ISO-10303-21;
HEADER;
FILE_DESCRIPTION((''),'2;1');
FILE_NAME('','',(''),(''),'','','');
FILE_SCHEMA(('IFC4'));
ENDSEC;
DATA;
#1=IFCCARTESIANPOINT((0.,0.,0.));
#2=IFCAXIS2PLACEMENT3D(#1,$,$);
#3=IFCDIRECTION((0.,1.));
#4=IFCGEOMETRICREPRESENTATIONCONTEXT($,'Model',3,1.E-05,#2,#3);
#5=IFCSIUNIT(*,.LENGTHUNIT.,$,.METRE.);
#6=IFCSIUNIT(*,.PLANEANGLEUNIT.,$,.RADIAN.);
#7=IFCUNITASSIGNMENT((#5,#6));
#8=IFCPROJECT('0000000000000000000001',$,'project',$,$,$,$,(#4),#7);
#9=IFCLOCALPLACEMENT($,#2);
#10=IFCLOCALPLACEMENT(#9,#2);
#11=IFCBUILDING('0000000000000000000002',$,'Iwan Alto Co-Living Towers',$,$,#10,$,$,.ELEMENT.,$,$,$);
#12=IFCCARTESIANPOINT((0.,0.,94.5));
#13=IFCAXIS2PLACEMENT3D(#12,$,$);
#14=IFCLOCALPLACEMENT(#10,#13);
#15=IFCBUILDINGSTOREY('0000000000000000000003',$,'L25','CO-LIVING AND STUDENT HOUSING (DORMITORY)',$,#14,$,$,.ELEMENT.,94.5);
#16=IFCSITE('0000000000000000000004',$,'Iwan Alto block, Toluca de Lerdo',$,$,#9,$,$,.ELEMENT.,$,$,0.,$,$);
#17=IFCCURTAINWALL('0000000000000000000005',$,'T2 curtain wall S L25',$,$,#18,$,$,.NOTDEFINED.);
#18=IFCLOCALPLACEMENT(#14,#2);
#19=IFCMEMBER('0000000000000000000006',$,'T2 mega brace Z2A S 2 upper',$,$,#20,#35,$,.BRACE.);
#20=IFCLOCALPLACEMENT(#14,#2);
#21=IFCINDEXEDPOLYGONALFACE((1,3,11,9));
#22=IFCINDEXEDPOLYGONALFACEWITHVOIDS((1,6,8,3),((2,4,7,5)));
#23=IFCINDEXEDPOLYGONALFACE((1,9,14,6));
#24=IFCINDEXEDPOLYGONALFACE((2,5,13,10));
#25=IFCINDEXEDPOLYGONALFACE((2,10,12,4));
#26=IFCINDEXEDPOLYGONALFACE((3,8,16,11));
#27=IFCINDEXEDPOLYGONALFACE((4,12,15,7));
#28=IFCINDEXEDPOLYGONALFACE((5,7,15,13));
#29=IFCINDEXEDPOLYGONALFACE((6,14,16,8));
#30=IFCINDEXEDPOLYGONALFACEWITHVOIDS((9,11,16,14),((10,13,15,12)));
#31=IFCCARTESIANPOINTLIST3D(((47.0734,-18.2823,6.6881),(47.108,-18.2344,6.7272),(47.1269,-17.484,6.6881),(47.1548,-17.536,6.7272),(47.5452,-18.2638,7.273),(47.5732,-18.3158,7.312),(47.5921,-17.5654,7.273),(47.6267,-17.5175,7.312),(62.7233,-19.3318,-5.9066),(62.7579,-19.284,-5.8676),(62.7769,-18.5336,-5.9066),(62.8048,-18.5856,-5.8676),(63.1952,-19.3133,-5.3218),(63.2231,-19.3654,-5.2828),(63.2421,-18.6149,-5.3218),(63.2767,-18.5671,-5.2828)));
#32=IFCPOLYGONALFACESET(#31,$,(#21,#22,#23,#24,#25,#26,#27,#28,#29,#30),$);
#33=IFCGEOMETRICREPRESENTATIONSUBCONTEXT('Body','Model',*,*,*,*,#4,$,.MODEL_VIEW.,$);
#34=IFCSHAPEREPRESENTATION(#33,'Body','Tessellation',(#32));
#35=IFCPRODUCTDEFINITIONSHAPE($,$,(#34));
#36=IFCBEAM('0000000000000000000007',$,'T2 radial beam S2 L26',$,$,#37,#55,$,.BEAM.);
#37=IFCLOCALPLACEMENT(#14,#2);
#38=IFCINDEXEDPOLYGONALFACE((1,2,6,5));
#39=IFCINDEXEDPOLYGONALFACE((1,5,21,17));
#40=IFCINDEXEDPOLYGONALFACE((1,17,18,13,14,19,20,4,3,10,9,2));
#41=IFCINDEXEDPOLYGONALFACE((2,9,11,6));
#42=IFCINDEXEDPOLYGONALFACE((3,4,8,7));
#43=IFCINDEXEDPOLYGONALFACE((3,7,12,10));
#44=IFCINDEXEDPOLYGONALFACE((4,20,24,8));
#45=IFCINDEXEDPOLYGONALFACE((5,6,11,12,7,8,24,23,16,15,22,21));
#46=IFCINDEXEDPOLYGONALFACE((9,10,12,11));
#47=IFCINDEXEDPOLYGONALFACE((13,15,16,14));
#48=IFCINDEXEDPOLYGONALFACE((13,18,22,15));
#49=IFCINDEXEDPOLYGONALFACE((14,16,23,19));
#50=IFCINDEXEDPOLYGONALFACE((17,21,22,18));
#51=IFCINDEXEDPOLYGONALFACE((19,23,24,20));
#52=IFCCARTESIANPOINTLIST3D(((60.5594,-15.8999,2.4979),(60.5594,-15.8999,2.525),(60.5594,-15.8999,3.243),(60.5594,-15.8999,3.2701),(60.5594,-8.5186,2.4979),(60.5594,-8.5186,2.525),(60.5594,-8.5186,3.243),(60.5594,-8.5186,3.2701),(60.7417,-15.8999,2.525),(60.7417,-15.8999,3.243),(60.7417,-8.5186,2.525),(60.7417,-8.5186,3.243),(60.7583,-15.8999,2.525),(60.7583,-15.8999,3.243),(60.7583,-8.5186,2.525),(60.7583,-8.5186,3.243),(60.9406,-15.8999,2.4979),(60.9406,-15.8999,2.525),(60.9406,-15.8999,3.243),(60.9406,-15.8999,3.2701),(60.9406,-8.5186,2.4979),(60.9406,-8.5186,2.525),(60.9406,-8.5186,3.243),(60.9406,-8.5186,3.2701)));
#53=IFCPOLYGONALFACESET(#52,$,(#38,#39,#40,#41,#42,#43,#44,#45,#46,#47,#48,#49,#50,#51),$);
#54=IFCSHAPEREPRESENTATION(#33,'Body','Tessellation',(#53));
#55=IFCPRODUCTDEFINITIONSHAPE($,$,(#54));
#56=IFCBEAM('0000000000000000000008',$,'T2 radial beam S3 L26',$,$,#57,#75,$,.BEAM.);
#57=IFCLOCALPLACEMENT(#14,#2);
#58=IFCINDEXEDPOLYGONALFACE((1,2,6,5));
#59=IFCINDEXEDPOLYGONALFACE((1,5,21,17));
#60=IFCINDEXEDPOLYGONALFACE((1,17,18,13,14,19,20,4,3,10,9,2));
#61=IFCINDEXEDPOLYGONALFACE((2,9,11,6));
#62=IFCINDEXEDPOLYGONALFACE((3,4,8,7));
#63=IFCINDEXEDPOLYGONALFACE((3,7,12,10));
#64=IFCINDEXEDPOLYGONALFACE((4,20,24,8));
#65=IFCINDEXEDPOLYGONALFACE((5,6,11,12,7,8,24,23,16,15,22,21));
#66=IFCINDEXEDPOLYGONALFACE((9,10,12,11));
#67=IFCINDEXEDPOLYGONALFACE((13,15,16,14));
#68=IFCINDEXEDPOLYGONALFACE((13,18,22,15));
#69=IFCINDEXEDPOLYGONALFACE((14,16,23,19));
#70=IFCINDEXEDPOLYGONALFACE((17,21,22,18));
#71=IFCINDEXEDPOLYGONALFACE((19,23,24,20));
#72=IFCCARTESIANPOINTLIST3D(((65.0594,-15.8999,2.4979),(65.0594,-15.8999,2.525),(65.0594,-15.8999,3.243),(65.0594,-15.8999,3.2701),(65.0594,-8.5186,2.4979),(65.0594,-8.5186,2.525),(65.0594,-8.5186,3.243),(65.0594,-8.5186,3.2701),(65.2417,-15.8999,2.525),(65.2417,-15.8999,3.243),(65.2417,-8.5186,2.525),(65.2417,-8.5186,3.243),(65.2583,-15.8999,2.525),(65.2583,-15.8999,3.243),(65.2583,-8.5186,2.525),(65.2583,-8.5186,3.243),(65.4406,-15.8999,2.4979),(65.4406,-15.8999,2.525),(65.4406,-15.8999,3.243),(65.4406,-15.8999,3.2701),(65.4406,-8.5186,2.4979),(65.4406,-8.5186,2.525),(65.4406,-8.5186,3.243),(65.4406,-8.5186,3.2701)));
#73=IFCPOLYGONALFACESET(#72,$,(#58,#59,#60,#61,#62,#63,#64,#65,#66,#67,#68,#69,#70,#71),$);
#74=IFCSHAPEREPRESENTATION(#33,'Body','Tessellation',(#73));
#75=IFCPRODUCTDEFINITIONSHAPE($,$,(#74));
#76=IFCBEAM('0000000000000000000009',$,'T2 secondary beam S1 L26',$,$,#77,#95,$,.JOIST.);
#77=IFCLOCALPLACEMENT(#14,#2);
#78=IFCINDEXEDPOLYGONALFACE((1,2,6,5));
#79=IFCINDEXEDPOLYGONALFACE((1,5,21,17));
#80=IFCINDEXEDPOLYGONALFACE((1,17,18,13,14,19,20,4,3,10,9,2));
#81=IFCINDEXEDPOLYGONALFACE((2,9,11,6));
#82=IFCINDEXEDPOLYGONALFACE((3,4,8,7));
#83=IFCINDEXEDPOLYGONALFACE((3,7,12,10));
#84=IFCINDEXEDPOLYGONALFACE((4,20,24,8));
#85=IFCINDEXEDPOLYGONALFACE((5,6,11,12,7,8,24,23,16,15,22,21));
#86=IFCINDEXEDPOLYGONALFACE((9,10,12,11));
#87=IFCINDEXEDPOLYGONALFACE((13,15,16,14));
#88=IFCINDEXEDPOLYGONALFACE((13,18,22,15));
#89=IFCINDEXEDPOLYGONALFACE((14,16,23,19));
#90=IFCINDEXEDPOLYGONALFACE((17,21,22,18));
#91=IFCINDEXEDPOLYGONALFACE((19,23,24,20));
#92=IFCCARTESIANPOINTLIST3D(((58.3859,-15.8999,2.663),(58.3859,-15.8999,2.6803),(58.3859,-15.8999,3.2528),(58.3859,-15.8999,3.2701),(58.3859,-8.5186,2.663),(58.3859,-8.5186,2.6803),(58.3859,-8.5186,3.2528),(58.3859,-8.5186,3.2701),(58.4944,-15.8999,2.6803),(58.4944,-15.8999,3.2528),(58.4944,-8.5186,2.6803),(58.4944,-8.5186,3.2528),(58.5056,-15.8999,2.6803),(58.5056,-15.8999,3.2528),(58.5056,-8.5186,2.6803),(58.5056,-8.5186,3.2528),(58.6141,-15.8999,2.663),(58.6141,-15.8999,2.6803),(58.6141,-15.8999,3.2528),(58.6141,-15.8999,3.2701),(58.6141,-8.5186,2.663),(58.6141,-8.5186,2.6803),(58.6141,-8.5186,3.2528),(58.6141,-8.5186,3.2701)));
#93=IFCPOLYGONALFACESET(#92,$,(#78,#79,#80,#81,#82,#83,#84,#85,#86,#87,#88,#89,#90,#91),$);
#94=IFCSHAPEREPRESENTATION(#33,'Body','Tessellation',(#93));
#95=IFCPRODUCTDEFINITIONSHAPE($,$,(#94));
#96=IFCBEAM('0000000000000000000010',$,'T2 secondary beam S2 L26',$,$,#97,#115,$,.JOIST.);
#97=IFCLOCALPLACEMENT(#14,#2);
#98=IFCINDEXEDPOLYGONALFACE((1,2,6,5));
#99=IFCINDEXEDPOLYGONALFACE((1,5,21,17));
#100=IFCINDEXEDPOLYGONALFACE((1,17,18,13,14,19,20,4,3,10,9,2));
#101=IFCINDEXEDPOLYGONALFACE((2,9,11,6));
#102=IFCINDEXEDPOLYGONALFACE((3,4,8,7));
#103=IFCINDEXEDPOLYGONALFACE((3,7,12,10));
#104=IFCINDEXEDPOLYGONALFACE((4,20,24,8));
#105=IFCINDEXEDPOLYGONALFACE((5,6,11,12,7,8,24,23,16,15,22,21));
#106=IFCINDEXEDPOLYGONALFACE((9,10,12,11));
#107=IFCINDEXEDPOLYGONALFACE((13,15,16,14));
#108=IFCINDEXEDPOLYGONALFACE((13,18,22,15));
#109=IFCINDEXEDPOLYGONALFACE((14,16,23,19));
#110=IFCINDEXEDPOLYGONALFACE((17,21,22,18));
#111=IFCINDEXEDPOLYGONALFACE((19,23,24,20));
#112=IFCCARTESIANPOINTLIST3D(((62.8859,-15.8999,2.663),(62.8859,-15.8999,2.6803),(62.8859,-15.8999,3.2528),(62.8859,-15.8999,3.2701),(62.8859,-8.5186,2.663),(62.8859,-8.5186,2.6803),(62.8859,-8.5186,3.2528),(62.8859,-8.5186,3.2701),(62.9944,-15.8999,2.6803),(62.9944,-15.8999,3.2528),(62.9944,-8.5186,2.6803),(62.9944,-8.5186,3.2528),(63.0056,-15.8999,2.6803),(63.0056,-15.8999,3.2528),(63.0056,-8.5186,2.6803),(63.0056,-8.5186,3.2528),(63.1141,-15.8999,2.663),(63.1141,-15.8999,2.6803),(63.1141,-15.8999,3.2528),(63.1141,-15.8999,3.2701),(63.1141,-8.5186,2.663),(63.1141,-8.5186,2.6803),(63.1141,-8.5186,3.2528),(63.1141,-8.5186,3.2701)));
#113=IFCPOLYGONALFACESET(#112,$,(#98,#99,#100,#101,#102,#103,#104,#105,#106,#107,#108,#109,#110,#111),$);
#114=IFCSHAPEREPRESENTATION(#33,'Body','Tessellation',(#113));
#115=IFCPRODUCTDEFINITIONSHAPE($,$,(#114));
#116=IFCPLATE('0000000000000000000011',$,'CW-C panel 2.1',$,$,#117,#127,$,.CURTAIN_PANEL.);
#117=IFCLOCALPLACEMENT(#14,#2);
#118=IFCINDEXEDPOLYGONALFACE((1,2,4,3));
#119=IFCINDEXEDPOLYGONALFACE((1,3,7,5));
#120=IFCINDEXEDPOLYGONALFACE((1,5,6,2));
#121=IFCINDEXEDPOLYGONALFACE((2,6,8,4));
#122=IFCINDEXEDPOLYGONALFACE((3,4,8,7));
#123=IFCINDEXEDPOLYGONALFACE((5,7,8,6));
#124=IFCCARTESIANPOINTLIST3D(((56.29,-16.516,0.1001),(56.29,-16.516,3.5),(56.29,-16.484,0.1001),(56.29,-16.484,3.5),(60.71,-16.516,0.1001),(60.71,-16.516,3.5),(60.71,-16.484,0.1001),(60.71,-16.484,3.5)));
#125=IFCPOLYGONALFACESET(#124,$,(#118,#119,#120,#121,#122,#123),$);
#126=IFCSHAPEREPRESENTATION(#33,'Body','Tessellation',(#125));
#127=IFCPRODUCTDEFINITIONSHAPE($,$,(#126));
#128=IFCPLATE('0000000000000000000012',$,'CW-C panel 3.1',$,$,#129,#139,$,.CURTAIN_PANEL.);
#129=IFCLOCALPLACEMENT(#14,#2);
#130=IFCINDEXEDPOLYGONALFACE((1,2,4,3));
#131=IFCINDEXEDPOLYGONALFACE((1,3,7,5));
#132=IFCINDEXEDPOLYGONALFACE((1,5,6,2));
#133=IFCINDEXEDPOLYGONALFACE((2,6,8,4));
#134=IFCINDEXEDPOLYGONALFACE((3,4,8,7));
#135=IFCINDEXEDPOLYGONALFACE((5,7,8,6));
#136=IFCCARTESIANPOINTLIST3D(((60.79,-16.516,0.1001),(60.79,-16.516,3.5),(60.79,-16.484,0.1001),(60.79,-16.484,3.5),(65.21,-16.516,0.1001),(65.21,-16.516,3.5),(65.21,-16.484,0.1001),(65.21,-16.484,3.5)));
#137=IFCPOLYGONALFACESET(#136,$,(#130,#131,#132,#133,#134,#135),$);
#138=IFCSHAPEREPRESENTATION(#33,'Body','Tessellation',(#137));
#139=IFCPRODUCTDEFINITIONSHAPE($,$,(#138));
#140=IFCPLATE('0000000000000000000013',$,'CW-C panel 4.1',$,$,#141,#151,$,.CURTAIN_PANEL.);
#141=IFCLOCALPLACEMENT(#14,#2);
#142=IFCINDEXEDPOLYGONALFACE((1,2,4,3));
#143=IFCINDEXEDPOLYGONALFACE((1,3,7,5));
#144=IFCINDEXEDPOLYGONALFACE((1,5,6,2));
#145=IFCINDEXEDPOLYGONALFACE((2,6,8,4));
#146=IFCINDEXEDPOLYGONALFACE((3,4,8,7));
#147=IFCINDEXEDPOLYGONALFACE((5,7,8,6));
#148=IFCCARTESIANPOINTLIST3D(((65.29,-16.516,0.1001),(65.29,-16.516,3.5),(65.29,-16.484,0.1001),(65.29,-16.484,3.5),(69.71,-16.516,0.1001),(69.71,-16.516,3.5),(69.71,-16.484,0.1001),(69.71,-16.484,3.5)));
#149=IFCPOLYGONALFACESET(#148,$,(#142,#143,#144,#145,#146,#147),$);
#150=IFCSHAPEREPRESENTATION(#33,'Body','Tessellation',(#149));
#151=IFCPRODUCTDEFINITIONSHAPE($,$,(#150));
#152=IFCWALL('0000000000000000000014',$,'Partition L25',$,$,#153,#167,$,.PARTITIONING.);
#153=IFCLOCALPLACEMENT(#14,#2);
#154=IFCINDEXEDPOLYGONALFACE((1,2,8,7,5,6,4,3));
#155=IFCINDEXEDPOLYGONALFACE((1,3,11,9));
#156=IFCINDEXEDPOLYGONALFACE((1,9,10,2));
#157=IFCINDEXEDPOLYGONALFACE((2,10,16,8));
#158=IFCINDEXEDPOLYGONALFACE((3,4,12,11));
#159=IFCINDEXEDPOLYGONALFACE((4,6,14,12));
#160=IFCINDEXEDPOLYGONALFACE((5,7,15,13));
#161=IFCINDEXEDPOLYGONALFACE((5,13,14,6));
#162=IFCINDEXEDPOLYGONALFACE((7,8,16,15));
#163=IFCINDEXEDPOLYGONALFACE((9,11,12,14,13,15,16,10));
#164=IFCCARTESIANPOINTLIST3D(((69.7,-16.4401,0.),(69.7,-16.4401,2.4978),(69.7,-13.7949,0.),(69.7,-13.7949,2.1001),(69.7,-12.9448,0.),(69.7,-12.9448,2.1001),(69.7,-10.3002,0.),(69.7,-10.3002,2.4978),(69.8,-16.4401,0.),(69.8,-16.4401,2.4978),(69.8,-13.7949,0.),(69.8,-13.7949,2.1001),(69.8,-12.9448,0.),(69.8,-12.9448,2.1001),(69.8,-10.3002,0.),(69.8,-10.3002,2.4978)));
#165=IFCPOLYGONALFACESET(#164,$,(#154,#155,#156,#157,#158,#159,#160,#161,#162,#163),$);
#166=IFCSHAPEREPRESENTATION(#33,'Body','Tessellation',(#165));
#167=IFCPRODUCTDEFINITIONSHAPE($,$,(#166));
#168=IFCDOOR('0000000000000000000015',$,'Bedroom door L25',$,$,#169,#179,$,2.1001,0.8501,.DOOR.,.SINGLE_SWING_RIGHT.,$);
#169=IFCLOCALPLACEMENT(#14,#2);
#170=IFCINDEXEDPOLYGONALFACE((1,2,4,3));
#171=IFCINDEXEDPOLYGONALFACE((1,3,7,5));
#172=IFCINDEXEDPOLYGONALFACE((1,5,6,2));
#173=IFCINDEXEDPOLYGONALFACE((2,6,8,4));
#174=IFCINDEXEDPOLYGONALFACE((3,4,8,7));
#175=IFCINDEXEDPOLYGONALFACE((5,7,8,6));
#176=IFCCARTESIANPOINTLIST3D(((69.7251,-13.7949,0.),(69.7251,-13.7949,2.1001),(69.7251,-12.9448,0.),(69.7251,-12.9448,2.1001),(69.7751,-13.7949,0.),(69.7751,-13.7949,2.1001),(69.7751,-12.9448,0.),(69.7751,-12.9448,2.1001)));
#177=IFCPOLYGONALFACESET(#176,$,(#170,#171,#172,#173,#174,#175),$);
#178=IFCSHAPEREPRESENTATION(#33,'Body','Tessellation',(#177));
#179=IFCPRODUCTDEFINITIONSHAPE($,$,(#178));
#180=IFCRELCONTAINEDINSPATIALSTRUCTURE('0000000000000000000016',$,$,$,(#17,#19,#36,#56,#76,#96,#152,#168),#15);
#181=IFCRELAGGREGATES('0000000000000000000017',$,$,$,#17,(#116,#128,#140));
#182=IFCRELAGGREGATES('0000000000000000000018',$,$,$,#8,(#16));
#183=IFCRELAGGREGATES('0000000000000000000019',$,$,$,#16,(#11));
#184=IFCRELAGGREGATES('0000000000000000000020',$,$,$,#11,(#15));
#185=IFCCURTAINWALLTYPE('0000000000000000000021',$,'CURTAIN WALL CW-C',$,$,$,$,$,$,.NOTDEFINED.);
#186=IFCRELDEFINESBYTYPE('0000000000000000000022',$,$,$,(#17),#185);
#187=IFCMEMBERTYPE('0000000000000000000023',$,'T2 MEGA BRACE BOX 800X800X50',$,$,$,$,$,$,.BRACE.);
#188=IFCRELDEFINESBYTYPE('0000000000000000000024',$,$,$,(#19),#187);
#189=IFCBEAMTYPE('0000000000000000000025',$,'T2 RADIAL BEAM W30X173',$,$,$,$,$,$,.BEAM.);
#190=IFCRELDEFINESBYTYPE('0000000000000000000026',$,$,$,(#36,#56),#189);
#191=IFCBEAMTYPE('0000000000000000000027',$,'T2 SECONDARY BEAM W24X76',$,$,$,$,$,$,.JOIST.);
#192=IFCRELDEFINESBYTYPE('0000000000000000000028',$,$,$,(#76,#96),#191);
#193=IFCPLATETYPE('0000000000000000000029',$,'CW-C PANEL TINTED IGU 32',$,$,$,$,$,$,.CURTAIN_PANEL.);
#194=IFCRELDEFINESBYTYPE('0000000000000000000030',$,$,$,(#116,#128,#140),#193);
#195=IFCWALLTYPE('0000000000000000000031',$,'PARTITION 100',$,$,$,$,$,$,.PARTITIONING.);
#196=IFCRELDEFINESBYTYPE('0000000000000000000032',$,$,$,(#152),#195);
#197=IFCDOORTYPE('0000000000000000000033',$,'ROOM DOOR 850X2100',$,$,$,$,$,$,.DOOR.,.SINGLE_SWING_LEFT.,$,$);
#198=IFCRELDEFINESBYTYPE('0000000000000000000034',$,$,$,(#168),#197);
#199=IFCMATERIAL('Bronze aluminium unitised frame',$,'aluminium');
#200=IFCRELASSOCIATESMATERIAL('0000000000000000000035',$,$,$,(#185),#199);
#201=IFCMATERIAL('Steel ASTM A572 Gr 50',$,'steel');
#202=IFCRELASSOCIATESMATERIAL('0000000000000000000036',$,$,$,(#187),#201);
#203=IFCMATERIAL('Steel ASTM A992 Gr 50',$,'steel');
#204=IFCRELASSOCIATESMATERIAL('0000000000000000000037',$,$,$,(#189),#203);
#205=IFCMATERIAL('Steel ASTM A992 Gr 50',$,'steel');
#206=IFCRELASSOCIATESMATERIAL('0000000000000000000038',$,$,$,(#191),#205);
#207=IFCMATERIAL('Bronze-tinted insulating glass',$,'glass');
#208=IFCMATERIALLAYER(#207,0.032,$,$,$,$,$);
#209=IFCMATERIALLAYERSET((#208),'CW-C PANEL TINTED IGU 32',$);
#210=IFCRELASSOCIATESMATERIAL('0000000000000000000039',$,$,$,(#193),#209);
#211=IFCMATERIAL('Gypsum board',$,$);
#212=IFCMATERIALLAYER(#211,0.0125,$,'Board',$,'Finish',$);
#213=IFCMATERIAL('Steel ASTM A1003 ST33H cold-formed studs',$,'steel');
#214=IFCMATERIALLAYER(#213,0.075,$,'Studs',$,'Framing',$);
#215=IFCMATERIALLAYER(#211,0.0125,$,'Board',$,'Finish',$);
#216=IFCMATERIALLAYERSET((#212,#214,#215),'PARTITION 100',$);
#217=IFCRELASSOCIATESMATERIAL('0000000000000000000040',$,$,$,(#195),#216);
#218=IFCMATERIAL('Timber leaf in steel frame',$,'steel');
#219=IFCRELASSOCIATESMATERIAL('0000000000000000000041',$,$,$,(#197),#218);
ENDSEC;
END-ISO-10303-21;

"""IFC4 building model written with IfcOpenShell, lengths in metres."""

from ifc_helpers import new_model, si_unit, direction, frame, frame_2d, origin, origin_2d, place, context, subcontext, project, spatial, rectangle, hollow_rectangle, i_section, extrude, material, layer, layer_set, material_profile, profile_set, type_object, element, fill, aggregate, save


model = new_model("IFC4")

# Units and contexts
model_context = context("Model", 3, precision=1e-05, world=origin(), true_north=direction((0.0, 1.0)))
body_context = subcontext(model_context, "Body", "Model", "MODEL_VIEW")
ifc_project = project(units=[si_unit("LENGTHUNIT", "METRE"), si_unit("PLANEANGLEUNIT", "RADIAN")], contexts=[model_context])

# Site, building, storey
site_placement = place(None, origin())
site = spatial("IfcSite", under=ifc_project, at=site_placement, Name="Iwan Alto block, Toluca de Lerdo", CompositionType="ELEMENT", RefElevation=0.0)
building_placement = place(site_placement, origin())
building = spatial("IfcBuilding", under=site, at=building_placement, Name="Iwan Alto Co-Living Towers", CompositionType="ELEMENT")
storey_placement = place(building_placement, frame((0.0, 0.0, 94.5)))
storey = spatial("IfcBuildingStorey", under=building, at=storey_placement, Name="L25", Description="CO-LIVING AND STUDENT HOUSING (DORMITORY)", CompositionType="ELEMENT", Elevation=94.5)

# Curtain wall
ifc_material_1 = material(Name="Bronze aluminium unitised frame", Category="aluminium")
curtain_wall_type = type_object("IfcCurtainWallType", Name="CURTAIN WALL CW-C", PredefinedType="NOTDEFINED", material=ifc_material_1)
curtain_wall_placement = place(storey_placement, origin())
curtain_wall = element("IfcCurtainWall", 1, at=curtain_wall_placement, inside=storey, type_object=curtain_wall_type, Name="T2 curtain wall S L25", PredefinedType="NOTDEFINED")

# Member
ifc_material_2 = material(Name="Steel ASTM A572 Gr 50", Category="steel")
ifc_material_profile_1 = material_profile(ifc_material_2, hollow_rectangle(XDim=0.8, YDim=0.8, WallThickness=0.05, at=origin_2d()), Name="BOX 800X800X50")
ifc_profile_set_1 = profile_set([ifc_material_profile_1], Name="Steel ASTM A572 Gr 50")
member_type_1 = type_object("IfcMemberType", Name="T2 MEGA BRACE BOX 800X800X50", PredefinedType="BRACE", material=ifc_profile_set_1)
for number, where, z_axis, x_axis, name in (
    (2, (63.0, -18.9495, -5.5947), (-0.777988, 0.052176, 0.626109), (-0.066915, -0.997759, 0.0), "T2 mega brace Z2A S 2 upper"),
):
    element("IfcMember", number, at=place(storey_placement, frame(where, z_axis=z_axis, x_axis=x_axis)), inside=storey, type_object=member_type_1, Name=name, PredefinedType="BRACE", context=body_context, shape_type="SweptSolid", body=[
        extrude(hollow_rectangle(XDim=0.8, YDim=0.8, WallThickness=0.05, at=origin_2d()), origin(), (0.0, 0.0, 1.0), 20.116),
    ])

# Beams
ifc_material_3 = material(Name="Steel ASTM A992 Gr 50", Category="steel")
ifc_material_profile_2 = material_profile(ifc_material_3, i_section(OverallWidth=0.3811, OverallDepth=0.7722, WebThickness=0.0166, FlangeThickness=0.0271, at=origin_2d()), Name="W30X173")
ifc_profile_set_2 = profile_set([ifc_material_profile_2], Name="Steel ASTM A992 Gr 50")
beam_type_1 = type_object("IfcBeamType", Name="T2 RADIAL BEAM W30X173", PredefinedType="BEAM", material=ifc_profile_set_2)
for number, where, z_axis, x_axis, name in (
    (3, (60.75, -15.8999, 2.884), (0.0, 1.0, 0.0), (-1.0, 0.0, 0.0), "T2 radial beam S2 L26"),
    (4, (65.25, -15.8999, 2.884), (0.0, 1.0, 0.0), (-1.0, 0.0, 0.0), "T2 radial beam S3 L26"),
):
    element("IfcBeam", number, at=place(storey_placement, frame(where, z_axis=z_axis, x_axis=x_axis)), inside=storey, type_object=beam_type_1, Name=name, PredefinedType="BEAM", context=body_context, shape_type="SweptSolid", body=[
        extrude(i_section(OverallWidth=0.3811, OverallDepth=0.7722, WebThickness=0.0166, FlangeThickness=0.0271, at=origin_2d()), origin(), (0.0, 0.0, 1.0), 7.3813),
    ])
ifc_material_4 = material(Name="Steel ASTM A992 Gr 50", Category="steel")
ifc_material_profile_3 = material_profile(ifc_material_4, i_section(OverallWidth=0.2283, OverallDepth=0.6072, WebThickness=0.0112, FlangeThickness=0.0173, at=origin_2d()), Name="W24X76")
ifc_profile_set_3 = profile_set([ifc_material_profile_3], Name="Steel ASTM A992 Gr 50")
beam_type_2 = type_object("IfcBeamType", Name="T2 SECONDARY BEAM W24X76", PredefinedType="JOIST", material=ifc_profile_set_3)
for number, where, z_axis, x_axis, name in (
    (5, (58.5, -15.8999, 2.9666), (0.0, 1.0, 0.0), (-1.0, 0.0, 0.0), "T2 secondary beam S1 L26"),
    (6, (63.0, -15.8999, 2.9666), (0.0, 1.0, 0.0), (-1.0, 0.0, 0.0), "T2 secondary beam S2 L26"),
):
    element("IfcBeam", number, at=place(storey_placement, frame(where, z_axis=z_axis, x_axis=x_axis)), inside=storey, type_object=beam_type_2, Name=name, PredefinedType="JOIST", context=body_context, shape_type="SweptSolid", body=[
        extrude(i_section(OverallWidth=0.2283, OverallDepth=0.6072, WebThickness=0.0112, FlangeThickness=0.0173, at=origin_2d()), origin(), (0.0, 0.0, 1.0), 7.3813),
    ])

# Plates
ifc_material_5 = material(Name="Bronze-tinted insulating glass", Category="glass")
ifc_layer_1 = layer(ifc_material_5, 0.032)
ifc_layer_set_1 = layer_set([ifc_layer_1], Name="CW-C PANEL TINTED IGU 32")
plate_type = type_object("IfcPlateType", Name="CW-C PANEL TINTED IGU 32", PredefinedType="CURTAIN_PANEL", material=ifc_layer_set_1)
plate_1_placement = place(storey_placement, frame((58.5, -16.5, 0.1001), z_axis=(0.0, 0.0, 1.0), x_axis=(1.0, 0.0, 0.0)))
plate_1 = element("IfcPlate", 7, at=plate_1_placement, type_object=plate_type, Name="CW-C panel 2.1", PredefinedType="CURTAIN_PANEL", context=body_context, shape_type="SweptSolid", body=[
    extrude(rectangle(XDim=4.4199, YDim=0.032, at=origin_2d()), origin(), (0.0, 0.0, 1.0), 3.3999),
])
plate_2_placement = place(storey_placement, frame((63.0, -16.5, 0.1001), z_axis=(0.0, 0.0, 1.0), x_axis=(1.0, 0.0, 0.0)))
plate_2 = element("IfcPlate", 8, at=plate_2_placement, type_object=plate_type, Name="CW-C panel 3.1", PredefinedType="CURTAIN_PANEL", context=body_context, shape_type="SweptSolid", body=[
    extrude(rectangle(XDim=4.4199, YDim=0.032, at=origin_2d()), origin(), (0.0, 0.0, 1.0), 3.3999),
])
plate_3_placement = place(storey_placement, frame((67.5, -16.5, 0.1001), z_axis=(0.0, 0.0, 1.0), x_axis=(1.0, 0.0, 0.0)))
plate_3 = element("IfcPlate", 9, at=plate_3_placement, type_object=plate_type, Name="CW-C panel 4.1", PredefinedType="CURTAIN_PANEL", context=body_context, shape_type="SweptSolid", body=[
    extrude(rectangle(XDim=4.4199, YDim=0.032, at=origin_2d()), origin(), (0.0, 0.0, 1.0), 3.3999),
])
aggregate(curtain_wall, [plate_1, plate_2, plate_3])

# Wall, opening, door
ifc_material_6 = material(Name="Gypsum board")
ifc_layer_2 = layer(ifc_material_6, 0.0125, Name="Board", Category="Finish")
ifc_material_7 = material(Name="Steel ASTM A1003 ST33H cold-formed studs", Category="steel")
ifc_layer_3 = layer(ifc_material_7, 0.075, Name="Studs", Category="Framing")
ifc_layer_4 = layer(ifc_material_6, 0.0125, Name="Board", Category="Finish")
ifc_layer_set_2 = layer_set([ifc_layer_2, ifc_layer_3, ifc_layer_4], Name="PARTITION 100")
wall_type = type_object("IfcWallType", Name="PARTITION 100", PredefinedType="PARTITIONING", material=ifc_layer_set_2)
wall_placement = place(storey_placement, frame((69.75, -16.4399, 0.0), z_axis=(0.0, 0.0, 1.0), x_axis=(0.0, 1.0, 0.0)))
wall = element("IfcWall", 10, at=wall_placement, inside=storey, type_object=wall_type, Name="Partition L25", PredefinedType="PARTITIONING", context=body_context, shape_type="SweptSolid", body=[
    extrude(rectangle(XDim=6.1399, YDim=0.1001, at=frame_2d((3.0698, 0.0))), origin(), (0.0, 0.0, 1.0), 2.4978),
])
opening_placement = place(wall_placement, frame((2.645, 0.0, 0.0)))
opening = element("IfcOpeningElement", 11, at=opening_placement, cuts=wall, PredefinedType="OPENING", context=body_context, shape_type="SweptSolid", body=[
    extrude(rectangle(XDim=0.8501, YDim=2.1001, at=frame_2d((0.425, 1.05))), frame((0.0, 0.0601, 0.0), z_axis=(0.0, -1.0, 0.0), x_axis=(1.0, 0.0, 0.0)), (0.0, 0.0, 1.0), 0.1201),
])
ifc_material_8 = material(Name="Timber leaf in steel frame", Category="steel")
door_type = type_object("IfcDoorType", Name="ROOM DOOR 850X2100", OperationType="SINGLE_SWING_LEFT", PredefinedType="DOOR", material=ifc_material_8)
door_placement = place(opening_placement, origin())
door = element("IfcDoor", 12, at=door_placement, inside=storey, type_object=door_type, Name="Bedroom door L25", OperationType="SINGLE_SWING_RIGHT", OverallHeight=2.1001, OverallWidth=0.8501, PredefinedType="DOOR", context=body_context, shape_type="SweptSolid", body=[
    extrude(rectangle(XDim=0.8501, YDim=2.1001, at=frame_2d((0.425, 1.05))), frame((0.0, 0.0249, 0.0), z_axis=(0.0, -1.0, 0.0), x_axis=(1.0, 0.0, 0.0)), (0.0, 0.0, 1.0), 0.05),
])
fill(opening, door)

save(model, "model.ifc")
